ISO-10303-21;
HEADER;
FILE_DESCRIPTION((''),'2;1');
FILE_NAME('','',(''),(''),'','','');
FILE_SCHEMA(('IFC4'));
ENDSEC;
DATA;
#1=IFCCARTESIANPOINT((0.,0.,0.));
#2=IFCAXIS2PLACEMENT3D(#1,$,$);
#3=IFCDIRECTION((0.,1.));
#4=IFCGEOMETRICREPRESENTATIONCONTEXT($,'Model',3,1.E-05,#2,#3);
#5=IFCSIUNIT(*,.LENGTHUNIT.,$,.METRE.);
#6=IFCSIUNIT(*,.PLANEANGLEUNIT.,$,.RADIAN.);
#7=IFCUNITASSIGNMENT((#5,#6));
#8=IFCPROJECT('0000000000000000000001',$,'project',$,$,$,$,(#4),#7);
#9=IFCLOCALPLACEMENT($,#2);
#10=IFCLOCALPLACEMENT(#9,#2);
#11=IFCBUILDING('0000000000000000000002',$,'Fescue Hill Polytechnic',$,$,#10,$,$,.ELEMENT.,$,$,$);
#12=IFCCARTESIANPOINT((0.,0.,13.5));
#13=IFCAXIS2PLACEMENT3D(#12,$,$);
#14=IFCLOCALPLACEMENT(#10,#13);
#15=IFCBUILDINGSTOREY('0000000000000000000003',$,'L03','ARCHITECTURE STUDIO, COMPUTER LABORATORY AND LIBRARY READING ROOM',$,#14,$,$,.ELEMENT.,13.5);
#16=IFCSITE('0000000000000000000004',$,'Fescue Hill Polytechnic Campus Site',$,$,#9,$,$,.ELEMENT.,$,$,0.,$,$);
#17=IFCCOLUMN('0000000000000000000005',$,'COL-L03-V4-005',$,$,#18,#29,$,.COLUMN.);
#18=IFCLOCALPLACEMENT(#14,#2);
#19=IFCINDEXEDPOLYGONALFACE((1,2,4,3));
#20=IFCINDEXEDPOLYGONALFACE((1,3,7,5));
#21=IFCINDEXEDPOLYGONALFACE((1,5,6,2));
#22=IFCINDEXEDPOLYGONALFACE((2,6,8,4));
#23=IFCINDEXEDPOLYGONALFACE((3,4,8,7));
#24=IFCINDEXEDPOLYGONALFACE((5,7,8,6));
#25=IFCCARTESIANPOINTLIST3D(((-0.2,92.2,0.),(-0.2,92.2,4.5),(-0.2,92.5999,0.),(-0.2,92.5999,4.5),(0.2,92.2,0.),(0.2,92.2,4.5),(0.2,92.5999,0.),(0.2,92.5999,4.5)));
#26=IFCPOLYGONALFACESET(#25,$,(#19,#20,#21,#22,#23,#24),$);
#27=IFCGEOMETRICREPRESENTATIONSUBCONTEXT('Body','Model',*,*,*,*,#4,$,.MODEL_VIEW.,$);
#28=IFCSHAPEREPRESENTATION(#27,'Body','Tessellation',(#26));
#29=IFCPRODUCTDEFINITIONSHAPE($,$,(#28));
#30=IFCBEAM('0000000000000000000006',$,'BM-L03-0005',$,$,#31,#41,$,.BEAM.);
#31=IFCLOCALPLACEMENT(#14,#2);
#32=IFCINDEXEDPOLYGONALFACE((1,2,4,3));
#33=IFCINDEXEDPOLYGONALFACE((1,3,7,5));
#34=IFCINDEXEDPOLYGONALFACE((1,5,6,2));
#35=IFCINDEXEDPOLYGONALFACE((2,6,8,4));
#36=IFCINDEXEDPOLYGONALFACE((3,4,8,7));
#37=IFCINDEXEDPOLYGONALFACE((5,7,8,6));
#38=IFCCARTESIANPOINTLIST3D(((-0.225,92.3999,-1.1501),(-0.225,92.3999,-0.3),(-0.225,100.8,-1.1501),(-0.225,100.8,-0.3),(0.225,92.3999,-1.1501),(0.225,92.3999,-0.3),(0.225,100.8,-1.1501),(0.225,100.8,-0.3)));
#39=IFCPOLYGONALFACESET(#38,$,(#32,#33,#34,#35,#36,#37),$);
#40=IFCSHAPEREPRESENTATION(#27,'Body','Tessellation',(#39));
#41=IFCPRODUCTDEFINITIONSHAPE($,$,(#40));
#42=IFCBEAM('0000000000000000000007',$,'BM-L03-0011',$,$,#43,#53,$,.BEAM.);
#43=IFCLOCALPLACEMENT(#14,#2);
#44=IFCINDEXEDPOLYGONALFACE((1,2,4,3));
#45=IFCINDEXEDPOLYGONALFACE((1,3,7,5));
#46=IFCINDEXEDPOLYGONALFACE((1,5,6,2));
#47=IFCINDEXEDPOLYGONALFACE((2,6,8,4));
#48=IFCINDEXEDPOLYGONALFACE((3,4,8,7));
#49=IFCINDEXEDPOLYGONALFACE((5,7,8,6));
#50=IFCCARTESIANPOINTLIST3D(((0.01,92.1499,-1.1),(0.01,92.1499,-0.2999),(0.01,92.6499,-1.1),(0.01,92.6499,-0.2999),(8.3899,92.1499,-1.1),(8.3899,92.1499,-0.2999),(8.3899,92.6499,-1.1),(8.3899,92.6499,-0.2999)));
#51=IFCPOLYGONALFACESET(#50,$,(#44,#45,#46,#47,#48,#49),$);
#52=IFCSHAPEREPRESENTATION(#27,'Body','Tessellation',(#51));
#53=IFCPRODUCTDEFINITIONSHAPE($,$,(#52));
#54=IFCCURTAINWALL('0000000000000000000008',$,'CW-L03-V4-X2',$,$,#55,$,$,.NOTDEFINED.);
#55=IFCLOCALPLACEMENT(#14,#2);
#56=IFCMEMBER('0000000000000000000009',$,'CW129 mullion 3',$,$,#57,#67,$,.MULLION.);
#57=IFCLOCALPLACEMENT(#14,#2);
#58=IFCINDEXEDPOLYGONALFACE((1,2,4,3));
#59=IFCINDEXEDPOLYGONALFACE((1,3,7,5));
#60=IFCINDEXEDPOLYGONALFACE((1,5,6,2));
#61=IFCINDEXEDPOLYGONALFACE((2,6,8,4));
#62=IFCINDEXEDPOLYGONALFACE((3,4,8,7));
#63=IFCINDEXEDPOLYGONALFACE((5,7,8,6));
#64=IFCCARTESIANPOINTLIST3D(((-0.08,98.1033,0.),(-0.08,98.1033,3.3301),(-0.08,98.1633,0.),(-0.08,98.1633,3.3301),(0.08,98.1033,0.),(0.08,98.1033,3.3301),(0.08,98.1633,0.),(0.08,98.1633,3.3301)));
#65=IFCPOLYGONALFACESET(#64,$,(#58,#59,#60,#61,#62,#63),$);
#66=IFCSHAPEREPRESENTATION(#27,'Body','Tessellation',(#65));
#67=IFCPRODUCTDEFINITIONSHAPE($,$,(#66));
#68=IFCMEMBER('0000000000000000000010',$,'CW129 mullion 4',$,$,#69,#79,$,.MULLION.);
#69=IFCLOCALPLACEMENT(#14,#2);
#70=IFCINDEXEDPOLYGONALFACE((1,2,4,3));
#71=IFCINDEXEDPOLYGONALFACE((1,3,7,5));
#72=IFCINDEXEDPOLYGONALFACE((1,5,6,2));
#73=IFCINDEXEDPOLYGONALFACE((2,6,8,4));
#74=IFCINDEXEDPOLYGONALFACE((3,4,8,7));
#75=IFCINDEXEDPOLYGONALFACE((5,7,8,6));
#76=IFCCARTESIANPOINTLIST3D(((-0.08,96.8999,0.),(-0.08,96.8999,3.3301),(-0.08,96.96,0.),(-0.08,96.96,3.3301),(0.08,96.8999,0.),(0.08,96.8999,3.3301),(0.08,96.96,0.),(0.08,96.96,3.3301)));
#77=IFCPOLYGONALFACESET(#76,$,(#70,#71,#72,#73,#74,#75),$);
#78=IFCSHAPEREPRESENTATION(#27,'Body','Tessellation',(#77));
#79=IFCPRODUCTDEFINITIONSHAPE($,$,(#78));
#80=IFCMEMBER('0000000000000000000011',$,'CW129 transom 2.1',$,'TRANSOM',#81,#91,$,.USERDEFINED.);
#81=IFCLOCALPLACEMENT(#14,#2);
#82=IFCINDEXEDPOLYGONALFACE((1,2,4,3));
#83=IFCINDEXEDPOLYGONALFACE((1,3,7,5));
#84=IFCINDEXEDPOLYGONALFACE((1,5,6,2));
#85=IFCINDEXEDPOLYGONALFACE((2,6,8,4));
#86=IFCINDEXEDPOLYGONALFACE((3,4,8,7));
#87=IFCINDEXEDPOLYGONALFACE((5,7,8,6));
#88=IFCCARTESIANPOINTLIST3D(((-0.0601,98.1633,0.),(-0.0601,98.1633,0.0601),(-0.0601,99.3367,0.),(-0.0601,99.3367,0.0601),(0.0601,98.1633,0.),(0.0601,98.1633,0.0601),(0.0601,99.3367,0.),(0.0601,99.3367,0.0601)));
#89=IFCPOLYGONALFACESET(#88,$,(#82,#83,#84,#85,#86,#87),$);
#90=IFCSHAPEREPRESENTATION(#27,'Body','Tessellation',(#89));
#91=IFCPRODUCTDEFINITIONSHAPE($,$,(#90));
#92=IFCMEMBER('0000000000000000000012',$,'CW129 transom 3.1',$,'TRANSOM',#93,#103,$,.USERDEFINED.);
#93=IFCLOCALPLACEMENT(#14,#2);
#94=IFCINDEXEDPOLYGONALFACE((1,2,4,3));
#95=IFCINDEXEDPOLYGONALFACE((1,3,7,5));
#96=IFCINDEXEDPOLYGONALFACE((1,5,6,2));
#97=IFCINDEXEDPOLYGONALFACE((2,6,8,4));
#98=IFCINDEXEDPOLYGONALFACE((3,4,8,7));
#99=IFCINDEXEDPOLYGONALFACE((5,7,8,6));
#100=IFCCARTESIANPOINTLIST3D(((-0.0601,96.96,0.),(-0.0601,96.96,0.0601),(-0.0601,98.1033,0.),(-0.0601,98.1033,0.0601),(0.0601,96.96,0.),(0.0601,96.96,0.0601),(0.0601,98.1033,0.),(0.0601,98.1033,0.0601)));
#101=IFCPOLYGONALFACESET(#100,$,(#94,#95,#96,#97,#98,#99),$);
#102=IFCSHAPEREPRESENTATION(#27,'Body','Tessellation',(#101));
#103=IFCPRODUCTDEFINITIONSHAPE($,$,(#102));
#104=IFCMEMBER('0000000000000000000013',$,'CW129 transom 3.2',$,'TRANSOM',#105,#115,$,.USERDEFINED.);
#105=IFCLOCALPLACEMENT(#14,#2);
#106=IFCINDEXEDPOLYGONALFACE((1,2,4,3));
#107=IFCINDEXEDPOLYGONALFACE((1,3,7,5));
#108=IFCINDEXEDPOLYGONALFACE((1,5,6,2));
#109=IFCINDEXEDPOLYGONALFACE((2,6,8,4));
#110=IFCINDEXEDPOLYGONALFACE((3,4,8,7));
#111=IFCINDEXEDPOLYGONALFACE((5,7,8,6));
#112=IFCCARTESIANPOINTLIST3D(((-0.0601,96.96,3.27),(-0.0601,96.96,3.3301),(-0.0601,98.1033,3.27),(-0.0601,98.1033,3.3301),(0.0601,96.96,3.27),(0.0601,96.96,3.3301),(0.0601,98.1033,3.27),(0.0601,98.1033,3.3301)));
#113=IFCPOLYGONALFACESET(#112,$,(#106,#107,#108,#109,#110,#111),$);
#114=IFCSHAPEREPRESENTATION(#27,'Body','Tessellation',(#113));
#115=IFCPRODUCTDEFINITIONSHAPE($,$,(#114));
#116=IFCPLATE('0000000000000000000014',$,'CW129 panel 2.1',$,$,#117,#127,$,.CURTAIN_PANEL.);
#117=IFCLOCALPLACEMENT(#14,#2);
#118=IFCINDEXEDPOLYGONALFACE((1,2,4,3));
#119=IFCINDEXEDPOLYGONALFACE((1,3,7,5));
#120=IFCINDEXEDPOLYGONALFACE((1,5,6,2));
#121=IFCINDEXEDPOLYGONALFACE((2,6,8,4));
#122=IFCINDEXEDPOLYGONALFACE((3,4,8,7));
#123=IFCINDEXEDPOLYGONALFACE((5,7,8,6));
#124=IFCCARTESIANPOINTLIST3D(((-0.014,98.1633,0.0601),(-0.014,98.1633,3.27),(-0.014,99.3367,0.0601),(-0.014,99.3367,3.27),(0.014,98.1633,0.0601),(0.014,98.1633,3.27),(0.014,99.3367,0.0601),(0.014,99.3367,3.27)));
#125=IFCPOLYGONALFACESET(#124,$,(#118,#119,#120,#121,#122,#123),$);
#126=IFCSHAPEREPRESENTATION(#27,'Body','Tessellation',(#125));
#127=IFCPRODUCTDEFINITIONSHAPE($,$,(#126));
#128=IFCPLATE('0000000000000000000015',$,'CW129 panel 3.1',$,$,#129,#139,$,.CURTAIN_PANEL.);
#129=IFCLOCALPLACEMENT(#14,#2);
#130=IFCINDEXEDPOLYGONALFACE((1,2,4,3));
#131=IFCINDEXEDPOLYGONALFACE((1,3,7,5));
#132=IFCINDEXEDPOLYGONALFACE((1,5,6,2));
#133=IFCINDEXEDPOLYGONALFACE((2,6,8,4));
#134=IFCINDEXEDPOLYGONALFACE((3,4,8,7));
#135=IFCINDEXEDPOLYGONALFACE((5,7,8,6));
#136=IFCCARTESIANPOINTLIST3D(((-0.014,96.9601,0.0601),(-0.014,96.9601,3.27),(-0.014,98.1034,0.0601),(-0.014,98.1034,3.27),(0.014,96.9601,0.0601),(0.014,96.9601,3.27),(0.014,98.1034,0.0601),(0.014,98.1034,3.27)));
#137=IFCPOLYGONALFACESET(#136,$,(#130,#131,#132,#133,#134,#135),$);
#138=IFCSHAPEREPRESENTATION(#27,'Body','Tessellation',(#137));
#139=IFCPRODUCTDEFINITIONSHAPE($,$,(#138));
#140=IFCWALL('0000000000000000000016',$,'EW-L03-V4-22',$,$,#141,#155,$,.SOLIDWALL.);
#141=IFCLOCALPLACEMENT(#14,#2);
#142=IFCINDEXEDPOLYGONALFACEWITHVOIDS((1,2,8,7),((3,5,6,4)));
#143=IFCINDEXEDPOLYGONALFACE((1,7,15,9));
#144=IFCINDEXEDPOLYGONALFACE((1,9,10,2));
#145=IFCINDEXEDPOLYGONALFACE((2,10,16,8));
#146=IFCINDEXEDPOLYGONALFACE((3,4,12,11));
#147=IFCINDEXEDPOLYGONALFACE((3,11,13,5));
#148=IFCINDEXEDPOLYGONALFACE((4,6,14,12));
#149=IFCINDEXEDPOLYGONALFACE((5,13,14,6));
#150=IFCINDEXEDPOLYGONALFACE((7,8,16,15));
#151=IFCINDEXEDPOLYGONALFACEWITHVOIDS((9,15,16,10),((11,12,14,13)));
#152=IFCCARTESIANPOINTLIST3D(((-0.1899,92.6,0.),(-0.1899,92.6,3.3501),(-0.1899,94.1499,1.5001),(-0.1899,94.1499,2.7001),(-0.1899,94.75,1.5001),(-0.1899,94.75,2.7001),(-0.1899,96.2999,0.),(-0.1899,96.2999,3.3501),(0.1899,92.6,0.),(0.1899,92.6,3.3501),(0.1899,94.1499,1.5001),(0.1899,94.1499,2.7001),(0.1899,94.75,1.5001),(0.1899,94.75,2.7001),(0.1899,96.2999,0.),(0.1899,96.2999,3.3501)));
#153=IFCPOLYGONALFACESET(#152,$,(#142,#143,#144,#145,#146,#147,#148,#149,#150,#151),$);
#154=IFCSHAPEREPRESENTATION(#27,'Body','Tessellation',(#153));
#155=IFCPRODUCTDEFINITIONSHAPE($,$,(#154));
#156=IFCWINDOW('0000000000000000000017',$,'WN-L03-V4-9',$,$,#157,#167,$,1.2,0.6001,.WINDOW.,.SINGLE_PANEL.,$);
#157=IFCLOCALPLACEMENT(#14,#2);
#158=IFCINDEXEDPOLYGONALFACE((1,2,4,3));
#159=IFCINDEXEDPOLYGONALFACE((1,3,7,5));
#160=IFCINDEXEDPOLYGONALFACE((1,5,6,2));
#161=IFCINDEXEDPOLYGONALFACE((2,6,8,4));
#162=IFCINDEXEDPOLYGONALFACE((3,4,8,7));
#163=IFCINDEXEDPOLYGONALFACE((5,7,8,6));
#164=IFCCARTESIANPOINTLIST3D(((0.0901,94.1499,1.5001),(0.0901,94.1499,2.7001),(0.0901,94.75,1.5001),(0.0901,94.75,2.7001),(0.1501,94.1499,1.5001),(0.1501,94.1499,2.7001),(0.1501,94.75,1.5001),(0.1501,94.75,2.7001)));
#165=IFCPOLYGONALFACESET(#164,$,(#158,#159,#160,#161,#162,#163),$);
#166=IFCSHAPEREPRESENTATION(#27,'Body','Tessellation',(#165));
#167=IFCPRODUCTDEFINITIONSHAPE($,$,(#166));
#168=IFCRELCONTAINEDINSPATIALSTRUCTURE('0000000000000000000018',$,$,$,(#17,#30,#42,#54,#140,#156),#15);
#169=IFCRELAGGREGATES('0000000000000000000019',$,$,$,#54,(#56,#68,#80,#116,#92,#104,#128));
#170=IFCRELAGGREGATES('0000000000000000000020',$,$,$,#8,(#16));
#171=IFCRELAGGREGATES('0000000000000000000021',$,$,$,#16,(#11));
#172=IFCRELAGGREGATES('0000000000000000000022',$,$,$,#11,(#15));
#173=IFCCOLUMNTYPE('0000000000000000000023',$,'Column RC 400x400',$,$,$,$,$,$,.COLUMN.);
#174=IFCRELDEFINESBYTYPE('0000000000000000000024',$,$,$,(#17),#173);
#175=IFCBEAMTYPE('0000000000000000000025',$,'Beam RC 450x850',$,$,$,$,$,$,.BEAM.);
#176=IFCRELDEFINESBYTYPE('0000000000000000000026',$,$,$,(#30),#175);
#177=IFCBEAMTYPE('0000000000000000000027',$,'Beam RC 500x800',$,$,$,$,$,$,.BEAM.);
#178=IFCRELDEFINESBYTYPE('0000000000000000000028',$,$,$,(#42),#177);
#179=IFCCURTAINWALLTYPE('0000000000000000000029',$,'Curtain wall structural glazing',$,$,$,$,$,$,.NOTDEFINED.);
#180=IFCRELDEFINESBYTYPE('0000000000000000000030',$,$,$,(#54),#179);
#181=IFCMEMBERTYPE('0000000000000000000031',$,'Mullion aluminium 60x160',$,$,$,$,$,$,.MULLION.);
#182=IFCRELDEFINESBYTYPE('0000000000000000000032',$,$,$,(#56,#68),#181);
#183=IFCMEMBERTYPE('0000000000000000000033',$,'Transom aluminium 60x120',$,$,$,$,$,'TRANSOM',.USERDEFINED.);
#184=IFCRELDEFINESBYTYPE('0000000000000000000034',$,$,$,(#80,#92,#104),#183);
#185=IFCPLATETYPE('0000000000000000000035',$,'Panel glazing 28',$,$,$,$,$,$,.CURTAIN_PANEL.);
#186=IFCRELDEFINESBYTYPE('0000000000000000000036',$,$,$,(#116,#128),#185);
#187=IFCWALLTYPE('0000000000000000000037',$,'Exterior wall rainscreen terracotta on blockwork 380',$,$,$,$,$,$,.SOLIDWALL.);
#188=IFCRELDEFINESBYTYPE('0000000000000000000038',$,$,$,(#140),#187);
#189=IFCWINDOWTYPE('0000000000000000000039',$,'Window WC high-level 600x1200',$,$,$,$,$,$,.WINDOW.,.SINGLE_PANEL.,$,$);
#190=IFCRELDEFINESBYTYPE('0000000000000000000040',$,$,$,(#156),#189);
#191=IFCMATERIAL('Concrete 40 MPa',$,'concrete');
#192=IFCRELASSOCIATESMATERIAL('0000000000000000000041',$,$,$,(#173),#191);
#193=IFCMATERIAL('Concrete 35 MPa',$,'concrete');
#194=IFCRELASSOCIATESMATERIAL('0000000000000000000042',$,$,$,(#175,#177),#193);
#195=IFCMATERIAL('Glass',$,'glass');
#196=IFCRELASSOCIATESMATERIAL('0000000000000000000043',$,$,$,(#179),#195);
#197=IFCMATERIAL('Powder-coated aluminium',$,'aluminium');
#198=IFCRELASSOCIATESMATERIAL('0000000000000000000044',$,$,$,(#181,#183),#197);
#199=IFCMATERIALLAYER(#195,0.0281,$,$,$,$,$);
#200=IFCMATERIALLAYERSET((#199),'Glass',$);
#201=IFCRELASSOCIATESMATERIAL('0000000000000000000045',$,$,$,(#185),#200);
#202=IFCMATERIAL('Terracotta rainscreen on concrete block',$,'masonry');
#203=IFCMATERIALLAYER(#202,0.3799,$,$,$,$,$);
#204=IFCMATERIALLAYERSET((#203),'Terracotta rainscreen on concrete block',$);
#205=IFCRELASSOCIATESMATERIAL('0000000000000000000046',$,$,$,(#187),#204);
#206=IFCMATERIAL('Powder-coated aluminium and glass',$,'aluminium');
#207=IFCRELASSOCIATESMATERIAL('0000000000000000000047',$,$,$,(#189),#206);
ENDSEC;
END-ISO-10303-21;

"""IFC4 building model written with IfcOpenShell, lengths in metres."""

from ifc_helpers import new_model, si_unit, direction, frame, frame_2d, origin, origin_2d, place, context, subcontext, project, spatial, rectangle, extrude, material, layer, layer_set, material_profile, profile_set, type_object, element, fill, aggregate, save


model = new_model("IFC4")

# Units and contexts
model_context = context("Model", 3, precision=1e-05, world=origin(), true_north=direction((0.0, 1.0)))
body_context = subcontext(model_context, "Body", "Model", "MODEL_VIEW")
ifc_project = project(units=[si_unit("LENGTHUNIT", "METRE"), si_unit("PLANEANGLEUNIT", "RADIAN")], contexts=[model_context])

# Site, building, storey
site_placement = place(None, origin())
site = spatial("IfcSite", under=ifc_project, at=site_placement, Name="Fescue Hill Polytechnic Campus Site", CompositionType="ELEMENT", RefElevation=0.0)
building_placement = place(site_placement, origin())
building = spatial("IfcBuilding", under=site, at=building_placement, Name="Fescue Hill Polytechnic", CompositionType="ELEMENT")
storey_placement = place(building_placement, frame((0.0, 0.0, 13.5)))
storey = spatial("IfcBuildingStorey", under=building, at=storey_placement, Name="L03", Description="ARCHITECTURE STUDIO, COMPUTER LABORATORY AND LIBRARY READING ROOM", CompositionType="ELEMENT", Elevation=13.5)

# Column
ifc_material_1 = material(Name="Concrete 40 MPa", Category="concrete")
ifc_material_profile_1 = material_profile(ifc_material_1, rectangle(XDim=0.3999, YDim=0.3999, at=origin_2d()), Name="RC 400x400")
ifc_profile_set_1 = profile_set([ifc_material_profile_1], Name="Concrete 40 MPa")
column_type = type_object("IfcColumnType", Name="Column RC 400x400", PredefinedType="COLUMN", material=ifc_profile_set_1)
column_placement = place(storey_placement, frame((0.0, 92.3999, 0.0), z_axis=(0.0, 0.0, 1.0), x_axis=(1.0, 0.0, 0.0)))
element("IfcColumn", 1, at=column_placement, inside=storey, type_object=column_type, Name="COL-L03-V4-005", PredefinedType="COLUMN", context=body_context, shape_type="SweptSolid", body=[
    extrude(rectangle(XDim=0.3999, YDim=0.3999, at=origin_2d()), origin(), (0.0, 0.0, 1.0), 4.5),
])

# Beams
ifc_material_2 = material(Name="Concrete 35 MPa", Category="concrete")
ifc_material_profile_2 = material_profile(ifc_material_2, rectangle(XDim=0.45, YDim=0.8501, at=origin_2d()), Name="RC 450x850")
ifc_profile_set_2 = profile_set([ifc_material_profile_2], Name="Concrete 35 MPa")
beam_type_1 = type_object("IfcBeamType", Name="Beam RC 450x850", PredefinedType="BEAM", material=ifc_profile_set_2)
beam_1_placement = place(storey_placement, frame((0.0, 92.3999, -0.7251), z_axis=(0.0, 1.0, 0.0), x_axis=(-1.0, 0.0, 0.0)))
element("IfcBeam", 2, at=beam_1_placement, inside=storey, type_object=beam_type_1, Name="BM-L03-0005", PredefinedType="BEAM", context=body_context, shape_type="SweptSolid", body=[
    extrude(rectangle(XDim=0.45, YDim=0.8501, at=origin_2d()), origin(), (0.0, 0.0, 1.0), 8.4001),
])
ifc_material_profile_3 = material_profile(ifc_material_2, rectangle(XDim=0.5, YDim=0.8, at=origin_2d()), Name="RC 500x800")
ifc_profile_set_3 = profile_set([ifc_material_profile_3], Name="Concrete 35 MPa")
beam_type_2 = type_object("IfcBeamType", Name="Beam RC 500x800", PredefinedType="BEAM", material=ifc_profile_set_3)
beam_2_placement = place(storey_placement, frame((0.01, 92.3999, -0.7), z_axis=(1.0, 0.0, 0.0), x_axis=(0.0, 1.0, 0.0)))
element("IfcBeam", 3, at=beam_2_placement, inside=storey, type_object=beam_type_2, Name="BM-L03-0011", PredefinedType="BEAM", context=body_context, shape_type="SweptSolid", body=[
    extrude(rectangle(XDim=0.5, YDim=0.8, at=origin_2d()), origin(), (0.0, 0.0, 1.0), 8.3799),
])

# Curtain wall, members, plates
ifc_material_3 = material(Name="Glass", Category="glass")
curtain_wall_type = type_object("IfcCurtainWallType", Name="Curtain wall structural glazing", PredefinedType="NOTDEFINED", material=ifc_material_3)
curtain_wall_placement = place(storey_placement, origin())
curtain_wall = element("IfcCurtainWall", 4, at=curtain_wall_placement, inside=storey, type_object=curtain_wall_type, Name="CW-L03-V4-X2", PredefinedType="NOTDEFINED")
ifc_material_4 = material(Name="Powder-coated aluminium", Category="aluminium")
ifc_material_profile_4 = material_profile(ifc_material_4, rectangle(XDim=0.1599, YDim=0.0601, at=origin_2d()), Name="Mullion aluminium 60x160")
ifc_profile_set_4 = profile_set([ifc_material_profile_4], Name="Powder-coated aluminium")
member_type_1 = type_object("IfcMemberType", Name="Mullion aluminium 60x160", PredefinedType="MULLION", material=ifc_profile_set_4)
member_1_placement = place(storey_placement, frame((0.0, 98.1333, 0.0), z_axis=(0.0, 0.0, 1.0), x_axis=(1.0, 0.0, 0.0)))
member_1 = element("IfcMember", 5, at=member_1_placement, type_object=member_type_1, Name="CW129 mullion 3", PredefinedType="MULLION", context=body_context, shape_type="SweptSolid", body=[
    extrude(rectangle(XDim=0.1599, YDim=0.0601, at=origin_2d()), origin(), (0.0, 0.0, 1.0), 3.3301),
])
member_2_placement = place(storey_placement, frame((0.0, 96.9299, 0.0), z_axis=(0.0, 0.0, 1.0), x_axis=(1.0, 0.0, 0.0)))
member_2 = element("IfcMember", 6, at=member_2_placement, type_object=member_type_1, Name="CW129 mullion 4", PredefinedType="MULLION", context=body_context, shape_type="SweptSolid", body=[
    extrude(rectangle(XDim=0.1599, YDim=0.0601, at=origin_2d()), origin(), (0.0, 0.0, 1.0), 3.3301),
])
ifc_material_profile_5 = material_profile(ifc_material_4, rectangle(XDim=0.1201, YDim=0.0601, at=origin_2d()), Name="Transom aluminium 60x120")
ifc_profile_set_5 = profile_set([ifc_material_profile_5], Name="Powder-coated aluminium")
member_type_2 = type_object("IfcMemberType", Name="Transom aluminium 60x120", ElementType="TRANSOM", PredefinedType="USERDEFINED", material=ifc_profile_set_5)
member_3_placement = place(storey_placement, frame((0.0, 99.3367, 0.03), z_axis=(0.0, -1.0, 0.0), x_axis=(1.0, 0.0, 0.0)))
member_3 = element("IfcMember", 7, at=member_3_placement, type_object=member_type_2, Name="CW129 transom 2.1", ObjectType="TRANSOM", PredefinedType="USERDEFINED", context=body_context, shape_type="SweptSolid", body=[
    extrude(rectangle(XDim=0.1201, YDim=0.0601, at=origin_2d()), origin(), (0.0, 0.0, 1.0), 1.1733),
])
member_4_placement = place(storey_placement, frame((0.0, 98.1033, 0.03), z_axis=(0.0, -1.0, 0.0), x_axis=(1.0, 0.0, 0.0)))
member_4 = element("IfcMember", 8, at=member_4_placement, type_object=member_type_2, Name="CW129 transom 3.1", ObjectType="TRANSOM", PredefinedType="USERDEFINED", context=body_context, shape_type="SweptSolid", body=[
    extrude(rectangle(XDim=0.1201, YDim=0.0601, at=origin_2d()), origin(), (0.0, 0.0, 1.0), 1.1433),
])
member_5_placement = place(storey_placement, frame((0.0, 98.1033, 3.3), z_axis=(0.0, -1.0, 0.0), x_axis=(1.0, 0.0, 0.0)))
member_5 = element("IfcMember", 9, at=member_5_placement, type_object=member_type_2, Name="CW129 transom 3.2", ObjectType="TRANSOM", PredefinedType="USERDEFINED", context=body_context, shape_type="SweptSolid", body=[
    extrude(rectangle(XDim=0.1201, YDim=0.0601, at=origin_2d()), origin(), (0.0, 0.0, 1.0), 1.1433),
])
ifc_layer_1 = layer(ifc_material_3, 0.0281)
ifc_layer_set_1 = layer_set([ifc_layer_1], Name="Glass")
plate_type = type_object("IfcPlateType", Name="Panel glazing 28", PredefinedType="CURTAIN_PANEL", material=ifc_layer_set_1)
plate_1_placement = place(storey_placement, frame((0.0, 98.75, 0.0601), z_axis=(0.0, 0.0, 1.0), x_axis=(0.0, -1.0, 0.0)))
plate_1 = element("IfcPlate", 10, at=plate_1_placement, type_object=plate_type, Name="CW129 panel 2.1", PredefinedType="CURTAIN_PANEL", context=body_context, shape_type="SweptSolid", body=[
    extrude(rectangle(XDim=1.1733, YDim=0.0281, at=origin_2d()), origin(), (0.0, 0.0, 1.0), 3.21),
])
plate_2_placement = place(storey_placement, frame((0.0, 97.5317, 0.0601), z_axis=(0.0, 0.0, 1.0), x_axis=(0.0, -1.0, 0.0)))
plate_2 = element("IfcPlate", 11, at=plate_2_placement, type_object=plate_type, Name="CW129 panel 3.1", PredefinedType="CURTAIN_PANEL", context=body_context, shape_type="SweptSolid", body=[
    extrude(rectangle(XDim=1.1433, YDim=0.0281, at=origin_2d()), origin(), (0.0, 0.0, 1.0), 3.21),
])
aggregate(curtain_wall, [member_1, member_2, member_3, plate_1, member_4, member_5, plate_2])

# Wall, opening, window
ifc_material_5 = material(Name="Terracotta rainscreen on concrete block", Category="masonry")
ifc_layer_2 = layer(ifc_material_5, 0.3799)
ifc_layer_set_2 = layer_set([ifc_layer_2], Name="Terracotta rainscreen on concrete block")
wall_type_1 = type_object("IfcWallType", Name="Exterior wall rainscreen terracotta on blockwork 380", PredefinedType="SOLIDWALL", material=ifc_layer_set_2)
wall_1_placement = place(storey_placement, frame((0.0, 96.3, 0.0), z_axis=(0.0, 0.0, 1.0), x_axis=(0.0, -1.0, 0.0)))
wall_1 = element("IfcWall", 12, at=wall_1_placement, inside=storey, type_object=wall_type_1, Name="EW-L03-V4-22", PredefinedType="SOLIDWALL", context=body_context, shape_type="SweptSolid", body=[
    extrude(rectangle(XDim=3.7, YDim=0.3799, at=frame_2d((1.8501, 0.0))), origin(), (0.0, 0.0, 1.0), 3.3501),
])
opening_1_placement = place(wall_1_placement, frame((1.55, 0.0, 1.5)))
opening_1 = element("IfcOpeningElement", 13, at=opening_1_placement, cuts=wall_1, PredefinedType="OPENING", context=body_context, shape_type="SweptSolid", body=[
    extrude(rectangle(XDim=0.6001, YDim=1.2, at=frame_2d((0.3, 0.6001))), frame((0.0, 0.2, 0.0), z_axis=(0.0, -1.0, 0.0), x_axis=(1.0, 0.0, 0.0)), (0.0, 0.0, 1.0), 0.3999),
])
ifc_material_6 = material(Name="Powder-coated aluminium and glass", Category="aluminium")
window_type = type_object("IfcWindowType", Name="Window WC high-level 600x1200", PartitioningType="SINGLE_PANEL", PredefinedType="WINDOW", material=ifc_material_6)
window_1_placement = place(opening_1_placement, origin())
window_1 = element("IfcWindow", 14, at=window_1_placement, inside=storey, type_object=window_type, Name="WN-L03-V4-9", OverallHeight=1.2, OverallWidth=0.6001, PartitioningType="SINGLE_PANEL", PredefinedType="WINDOW", context=body_context, shape_type="SweptSolid", body=[
    extrude(rectangle(XDim=0.6001, YDim=1.2, at=frame_2d((0.3, 0.6001))), frame((0.0, 0.1501, 0.0), z_axis=(0.0, -1.0, 0.0), x_axis=(1.0, 0.0, 0.0)), (0.0, 0.0, 1.0), 0.0601),
])
fill(opening_1, window_1)

save(model, "model.ifc")
